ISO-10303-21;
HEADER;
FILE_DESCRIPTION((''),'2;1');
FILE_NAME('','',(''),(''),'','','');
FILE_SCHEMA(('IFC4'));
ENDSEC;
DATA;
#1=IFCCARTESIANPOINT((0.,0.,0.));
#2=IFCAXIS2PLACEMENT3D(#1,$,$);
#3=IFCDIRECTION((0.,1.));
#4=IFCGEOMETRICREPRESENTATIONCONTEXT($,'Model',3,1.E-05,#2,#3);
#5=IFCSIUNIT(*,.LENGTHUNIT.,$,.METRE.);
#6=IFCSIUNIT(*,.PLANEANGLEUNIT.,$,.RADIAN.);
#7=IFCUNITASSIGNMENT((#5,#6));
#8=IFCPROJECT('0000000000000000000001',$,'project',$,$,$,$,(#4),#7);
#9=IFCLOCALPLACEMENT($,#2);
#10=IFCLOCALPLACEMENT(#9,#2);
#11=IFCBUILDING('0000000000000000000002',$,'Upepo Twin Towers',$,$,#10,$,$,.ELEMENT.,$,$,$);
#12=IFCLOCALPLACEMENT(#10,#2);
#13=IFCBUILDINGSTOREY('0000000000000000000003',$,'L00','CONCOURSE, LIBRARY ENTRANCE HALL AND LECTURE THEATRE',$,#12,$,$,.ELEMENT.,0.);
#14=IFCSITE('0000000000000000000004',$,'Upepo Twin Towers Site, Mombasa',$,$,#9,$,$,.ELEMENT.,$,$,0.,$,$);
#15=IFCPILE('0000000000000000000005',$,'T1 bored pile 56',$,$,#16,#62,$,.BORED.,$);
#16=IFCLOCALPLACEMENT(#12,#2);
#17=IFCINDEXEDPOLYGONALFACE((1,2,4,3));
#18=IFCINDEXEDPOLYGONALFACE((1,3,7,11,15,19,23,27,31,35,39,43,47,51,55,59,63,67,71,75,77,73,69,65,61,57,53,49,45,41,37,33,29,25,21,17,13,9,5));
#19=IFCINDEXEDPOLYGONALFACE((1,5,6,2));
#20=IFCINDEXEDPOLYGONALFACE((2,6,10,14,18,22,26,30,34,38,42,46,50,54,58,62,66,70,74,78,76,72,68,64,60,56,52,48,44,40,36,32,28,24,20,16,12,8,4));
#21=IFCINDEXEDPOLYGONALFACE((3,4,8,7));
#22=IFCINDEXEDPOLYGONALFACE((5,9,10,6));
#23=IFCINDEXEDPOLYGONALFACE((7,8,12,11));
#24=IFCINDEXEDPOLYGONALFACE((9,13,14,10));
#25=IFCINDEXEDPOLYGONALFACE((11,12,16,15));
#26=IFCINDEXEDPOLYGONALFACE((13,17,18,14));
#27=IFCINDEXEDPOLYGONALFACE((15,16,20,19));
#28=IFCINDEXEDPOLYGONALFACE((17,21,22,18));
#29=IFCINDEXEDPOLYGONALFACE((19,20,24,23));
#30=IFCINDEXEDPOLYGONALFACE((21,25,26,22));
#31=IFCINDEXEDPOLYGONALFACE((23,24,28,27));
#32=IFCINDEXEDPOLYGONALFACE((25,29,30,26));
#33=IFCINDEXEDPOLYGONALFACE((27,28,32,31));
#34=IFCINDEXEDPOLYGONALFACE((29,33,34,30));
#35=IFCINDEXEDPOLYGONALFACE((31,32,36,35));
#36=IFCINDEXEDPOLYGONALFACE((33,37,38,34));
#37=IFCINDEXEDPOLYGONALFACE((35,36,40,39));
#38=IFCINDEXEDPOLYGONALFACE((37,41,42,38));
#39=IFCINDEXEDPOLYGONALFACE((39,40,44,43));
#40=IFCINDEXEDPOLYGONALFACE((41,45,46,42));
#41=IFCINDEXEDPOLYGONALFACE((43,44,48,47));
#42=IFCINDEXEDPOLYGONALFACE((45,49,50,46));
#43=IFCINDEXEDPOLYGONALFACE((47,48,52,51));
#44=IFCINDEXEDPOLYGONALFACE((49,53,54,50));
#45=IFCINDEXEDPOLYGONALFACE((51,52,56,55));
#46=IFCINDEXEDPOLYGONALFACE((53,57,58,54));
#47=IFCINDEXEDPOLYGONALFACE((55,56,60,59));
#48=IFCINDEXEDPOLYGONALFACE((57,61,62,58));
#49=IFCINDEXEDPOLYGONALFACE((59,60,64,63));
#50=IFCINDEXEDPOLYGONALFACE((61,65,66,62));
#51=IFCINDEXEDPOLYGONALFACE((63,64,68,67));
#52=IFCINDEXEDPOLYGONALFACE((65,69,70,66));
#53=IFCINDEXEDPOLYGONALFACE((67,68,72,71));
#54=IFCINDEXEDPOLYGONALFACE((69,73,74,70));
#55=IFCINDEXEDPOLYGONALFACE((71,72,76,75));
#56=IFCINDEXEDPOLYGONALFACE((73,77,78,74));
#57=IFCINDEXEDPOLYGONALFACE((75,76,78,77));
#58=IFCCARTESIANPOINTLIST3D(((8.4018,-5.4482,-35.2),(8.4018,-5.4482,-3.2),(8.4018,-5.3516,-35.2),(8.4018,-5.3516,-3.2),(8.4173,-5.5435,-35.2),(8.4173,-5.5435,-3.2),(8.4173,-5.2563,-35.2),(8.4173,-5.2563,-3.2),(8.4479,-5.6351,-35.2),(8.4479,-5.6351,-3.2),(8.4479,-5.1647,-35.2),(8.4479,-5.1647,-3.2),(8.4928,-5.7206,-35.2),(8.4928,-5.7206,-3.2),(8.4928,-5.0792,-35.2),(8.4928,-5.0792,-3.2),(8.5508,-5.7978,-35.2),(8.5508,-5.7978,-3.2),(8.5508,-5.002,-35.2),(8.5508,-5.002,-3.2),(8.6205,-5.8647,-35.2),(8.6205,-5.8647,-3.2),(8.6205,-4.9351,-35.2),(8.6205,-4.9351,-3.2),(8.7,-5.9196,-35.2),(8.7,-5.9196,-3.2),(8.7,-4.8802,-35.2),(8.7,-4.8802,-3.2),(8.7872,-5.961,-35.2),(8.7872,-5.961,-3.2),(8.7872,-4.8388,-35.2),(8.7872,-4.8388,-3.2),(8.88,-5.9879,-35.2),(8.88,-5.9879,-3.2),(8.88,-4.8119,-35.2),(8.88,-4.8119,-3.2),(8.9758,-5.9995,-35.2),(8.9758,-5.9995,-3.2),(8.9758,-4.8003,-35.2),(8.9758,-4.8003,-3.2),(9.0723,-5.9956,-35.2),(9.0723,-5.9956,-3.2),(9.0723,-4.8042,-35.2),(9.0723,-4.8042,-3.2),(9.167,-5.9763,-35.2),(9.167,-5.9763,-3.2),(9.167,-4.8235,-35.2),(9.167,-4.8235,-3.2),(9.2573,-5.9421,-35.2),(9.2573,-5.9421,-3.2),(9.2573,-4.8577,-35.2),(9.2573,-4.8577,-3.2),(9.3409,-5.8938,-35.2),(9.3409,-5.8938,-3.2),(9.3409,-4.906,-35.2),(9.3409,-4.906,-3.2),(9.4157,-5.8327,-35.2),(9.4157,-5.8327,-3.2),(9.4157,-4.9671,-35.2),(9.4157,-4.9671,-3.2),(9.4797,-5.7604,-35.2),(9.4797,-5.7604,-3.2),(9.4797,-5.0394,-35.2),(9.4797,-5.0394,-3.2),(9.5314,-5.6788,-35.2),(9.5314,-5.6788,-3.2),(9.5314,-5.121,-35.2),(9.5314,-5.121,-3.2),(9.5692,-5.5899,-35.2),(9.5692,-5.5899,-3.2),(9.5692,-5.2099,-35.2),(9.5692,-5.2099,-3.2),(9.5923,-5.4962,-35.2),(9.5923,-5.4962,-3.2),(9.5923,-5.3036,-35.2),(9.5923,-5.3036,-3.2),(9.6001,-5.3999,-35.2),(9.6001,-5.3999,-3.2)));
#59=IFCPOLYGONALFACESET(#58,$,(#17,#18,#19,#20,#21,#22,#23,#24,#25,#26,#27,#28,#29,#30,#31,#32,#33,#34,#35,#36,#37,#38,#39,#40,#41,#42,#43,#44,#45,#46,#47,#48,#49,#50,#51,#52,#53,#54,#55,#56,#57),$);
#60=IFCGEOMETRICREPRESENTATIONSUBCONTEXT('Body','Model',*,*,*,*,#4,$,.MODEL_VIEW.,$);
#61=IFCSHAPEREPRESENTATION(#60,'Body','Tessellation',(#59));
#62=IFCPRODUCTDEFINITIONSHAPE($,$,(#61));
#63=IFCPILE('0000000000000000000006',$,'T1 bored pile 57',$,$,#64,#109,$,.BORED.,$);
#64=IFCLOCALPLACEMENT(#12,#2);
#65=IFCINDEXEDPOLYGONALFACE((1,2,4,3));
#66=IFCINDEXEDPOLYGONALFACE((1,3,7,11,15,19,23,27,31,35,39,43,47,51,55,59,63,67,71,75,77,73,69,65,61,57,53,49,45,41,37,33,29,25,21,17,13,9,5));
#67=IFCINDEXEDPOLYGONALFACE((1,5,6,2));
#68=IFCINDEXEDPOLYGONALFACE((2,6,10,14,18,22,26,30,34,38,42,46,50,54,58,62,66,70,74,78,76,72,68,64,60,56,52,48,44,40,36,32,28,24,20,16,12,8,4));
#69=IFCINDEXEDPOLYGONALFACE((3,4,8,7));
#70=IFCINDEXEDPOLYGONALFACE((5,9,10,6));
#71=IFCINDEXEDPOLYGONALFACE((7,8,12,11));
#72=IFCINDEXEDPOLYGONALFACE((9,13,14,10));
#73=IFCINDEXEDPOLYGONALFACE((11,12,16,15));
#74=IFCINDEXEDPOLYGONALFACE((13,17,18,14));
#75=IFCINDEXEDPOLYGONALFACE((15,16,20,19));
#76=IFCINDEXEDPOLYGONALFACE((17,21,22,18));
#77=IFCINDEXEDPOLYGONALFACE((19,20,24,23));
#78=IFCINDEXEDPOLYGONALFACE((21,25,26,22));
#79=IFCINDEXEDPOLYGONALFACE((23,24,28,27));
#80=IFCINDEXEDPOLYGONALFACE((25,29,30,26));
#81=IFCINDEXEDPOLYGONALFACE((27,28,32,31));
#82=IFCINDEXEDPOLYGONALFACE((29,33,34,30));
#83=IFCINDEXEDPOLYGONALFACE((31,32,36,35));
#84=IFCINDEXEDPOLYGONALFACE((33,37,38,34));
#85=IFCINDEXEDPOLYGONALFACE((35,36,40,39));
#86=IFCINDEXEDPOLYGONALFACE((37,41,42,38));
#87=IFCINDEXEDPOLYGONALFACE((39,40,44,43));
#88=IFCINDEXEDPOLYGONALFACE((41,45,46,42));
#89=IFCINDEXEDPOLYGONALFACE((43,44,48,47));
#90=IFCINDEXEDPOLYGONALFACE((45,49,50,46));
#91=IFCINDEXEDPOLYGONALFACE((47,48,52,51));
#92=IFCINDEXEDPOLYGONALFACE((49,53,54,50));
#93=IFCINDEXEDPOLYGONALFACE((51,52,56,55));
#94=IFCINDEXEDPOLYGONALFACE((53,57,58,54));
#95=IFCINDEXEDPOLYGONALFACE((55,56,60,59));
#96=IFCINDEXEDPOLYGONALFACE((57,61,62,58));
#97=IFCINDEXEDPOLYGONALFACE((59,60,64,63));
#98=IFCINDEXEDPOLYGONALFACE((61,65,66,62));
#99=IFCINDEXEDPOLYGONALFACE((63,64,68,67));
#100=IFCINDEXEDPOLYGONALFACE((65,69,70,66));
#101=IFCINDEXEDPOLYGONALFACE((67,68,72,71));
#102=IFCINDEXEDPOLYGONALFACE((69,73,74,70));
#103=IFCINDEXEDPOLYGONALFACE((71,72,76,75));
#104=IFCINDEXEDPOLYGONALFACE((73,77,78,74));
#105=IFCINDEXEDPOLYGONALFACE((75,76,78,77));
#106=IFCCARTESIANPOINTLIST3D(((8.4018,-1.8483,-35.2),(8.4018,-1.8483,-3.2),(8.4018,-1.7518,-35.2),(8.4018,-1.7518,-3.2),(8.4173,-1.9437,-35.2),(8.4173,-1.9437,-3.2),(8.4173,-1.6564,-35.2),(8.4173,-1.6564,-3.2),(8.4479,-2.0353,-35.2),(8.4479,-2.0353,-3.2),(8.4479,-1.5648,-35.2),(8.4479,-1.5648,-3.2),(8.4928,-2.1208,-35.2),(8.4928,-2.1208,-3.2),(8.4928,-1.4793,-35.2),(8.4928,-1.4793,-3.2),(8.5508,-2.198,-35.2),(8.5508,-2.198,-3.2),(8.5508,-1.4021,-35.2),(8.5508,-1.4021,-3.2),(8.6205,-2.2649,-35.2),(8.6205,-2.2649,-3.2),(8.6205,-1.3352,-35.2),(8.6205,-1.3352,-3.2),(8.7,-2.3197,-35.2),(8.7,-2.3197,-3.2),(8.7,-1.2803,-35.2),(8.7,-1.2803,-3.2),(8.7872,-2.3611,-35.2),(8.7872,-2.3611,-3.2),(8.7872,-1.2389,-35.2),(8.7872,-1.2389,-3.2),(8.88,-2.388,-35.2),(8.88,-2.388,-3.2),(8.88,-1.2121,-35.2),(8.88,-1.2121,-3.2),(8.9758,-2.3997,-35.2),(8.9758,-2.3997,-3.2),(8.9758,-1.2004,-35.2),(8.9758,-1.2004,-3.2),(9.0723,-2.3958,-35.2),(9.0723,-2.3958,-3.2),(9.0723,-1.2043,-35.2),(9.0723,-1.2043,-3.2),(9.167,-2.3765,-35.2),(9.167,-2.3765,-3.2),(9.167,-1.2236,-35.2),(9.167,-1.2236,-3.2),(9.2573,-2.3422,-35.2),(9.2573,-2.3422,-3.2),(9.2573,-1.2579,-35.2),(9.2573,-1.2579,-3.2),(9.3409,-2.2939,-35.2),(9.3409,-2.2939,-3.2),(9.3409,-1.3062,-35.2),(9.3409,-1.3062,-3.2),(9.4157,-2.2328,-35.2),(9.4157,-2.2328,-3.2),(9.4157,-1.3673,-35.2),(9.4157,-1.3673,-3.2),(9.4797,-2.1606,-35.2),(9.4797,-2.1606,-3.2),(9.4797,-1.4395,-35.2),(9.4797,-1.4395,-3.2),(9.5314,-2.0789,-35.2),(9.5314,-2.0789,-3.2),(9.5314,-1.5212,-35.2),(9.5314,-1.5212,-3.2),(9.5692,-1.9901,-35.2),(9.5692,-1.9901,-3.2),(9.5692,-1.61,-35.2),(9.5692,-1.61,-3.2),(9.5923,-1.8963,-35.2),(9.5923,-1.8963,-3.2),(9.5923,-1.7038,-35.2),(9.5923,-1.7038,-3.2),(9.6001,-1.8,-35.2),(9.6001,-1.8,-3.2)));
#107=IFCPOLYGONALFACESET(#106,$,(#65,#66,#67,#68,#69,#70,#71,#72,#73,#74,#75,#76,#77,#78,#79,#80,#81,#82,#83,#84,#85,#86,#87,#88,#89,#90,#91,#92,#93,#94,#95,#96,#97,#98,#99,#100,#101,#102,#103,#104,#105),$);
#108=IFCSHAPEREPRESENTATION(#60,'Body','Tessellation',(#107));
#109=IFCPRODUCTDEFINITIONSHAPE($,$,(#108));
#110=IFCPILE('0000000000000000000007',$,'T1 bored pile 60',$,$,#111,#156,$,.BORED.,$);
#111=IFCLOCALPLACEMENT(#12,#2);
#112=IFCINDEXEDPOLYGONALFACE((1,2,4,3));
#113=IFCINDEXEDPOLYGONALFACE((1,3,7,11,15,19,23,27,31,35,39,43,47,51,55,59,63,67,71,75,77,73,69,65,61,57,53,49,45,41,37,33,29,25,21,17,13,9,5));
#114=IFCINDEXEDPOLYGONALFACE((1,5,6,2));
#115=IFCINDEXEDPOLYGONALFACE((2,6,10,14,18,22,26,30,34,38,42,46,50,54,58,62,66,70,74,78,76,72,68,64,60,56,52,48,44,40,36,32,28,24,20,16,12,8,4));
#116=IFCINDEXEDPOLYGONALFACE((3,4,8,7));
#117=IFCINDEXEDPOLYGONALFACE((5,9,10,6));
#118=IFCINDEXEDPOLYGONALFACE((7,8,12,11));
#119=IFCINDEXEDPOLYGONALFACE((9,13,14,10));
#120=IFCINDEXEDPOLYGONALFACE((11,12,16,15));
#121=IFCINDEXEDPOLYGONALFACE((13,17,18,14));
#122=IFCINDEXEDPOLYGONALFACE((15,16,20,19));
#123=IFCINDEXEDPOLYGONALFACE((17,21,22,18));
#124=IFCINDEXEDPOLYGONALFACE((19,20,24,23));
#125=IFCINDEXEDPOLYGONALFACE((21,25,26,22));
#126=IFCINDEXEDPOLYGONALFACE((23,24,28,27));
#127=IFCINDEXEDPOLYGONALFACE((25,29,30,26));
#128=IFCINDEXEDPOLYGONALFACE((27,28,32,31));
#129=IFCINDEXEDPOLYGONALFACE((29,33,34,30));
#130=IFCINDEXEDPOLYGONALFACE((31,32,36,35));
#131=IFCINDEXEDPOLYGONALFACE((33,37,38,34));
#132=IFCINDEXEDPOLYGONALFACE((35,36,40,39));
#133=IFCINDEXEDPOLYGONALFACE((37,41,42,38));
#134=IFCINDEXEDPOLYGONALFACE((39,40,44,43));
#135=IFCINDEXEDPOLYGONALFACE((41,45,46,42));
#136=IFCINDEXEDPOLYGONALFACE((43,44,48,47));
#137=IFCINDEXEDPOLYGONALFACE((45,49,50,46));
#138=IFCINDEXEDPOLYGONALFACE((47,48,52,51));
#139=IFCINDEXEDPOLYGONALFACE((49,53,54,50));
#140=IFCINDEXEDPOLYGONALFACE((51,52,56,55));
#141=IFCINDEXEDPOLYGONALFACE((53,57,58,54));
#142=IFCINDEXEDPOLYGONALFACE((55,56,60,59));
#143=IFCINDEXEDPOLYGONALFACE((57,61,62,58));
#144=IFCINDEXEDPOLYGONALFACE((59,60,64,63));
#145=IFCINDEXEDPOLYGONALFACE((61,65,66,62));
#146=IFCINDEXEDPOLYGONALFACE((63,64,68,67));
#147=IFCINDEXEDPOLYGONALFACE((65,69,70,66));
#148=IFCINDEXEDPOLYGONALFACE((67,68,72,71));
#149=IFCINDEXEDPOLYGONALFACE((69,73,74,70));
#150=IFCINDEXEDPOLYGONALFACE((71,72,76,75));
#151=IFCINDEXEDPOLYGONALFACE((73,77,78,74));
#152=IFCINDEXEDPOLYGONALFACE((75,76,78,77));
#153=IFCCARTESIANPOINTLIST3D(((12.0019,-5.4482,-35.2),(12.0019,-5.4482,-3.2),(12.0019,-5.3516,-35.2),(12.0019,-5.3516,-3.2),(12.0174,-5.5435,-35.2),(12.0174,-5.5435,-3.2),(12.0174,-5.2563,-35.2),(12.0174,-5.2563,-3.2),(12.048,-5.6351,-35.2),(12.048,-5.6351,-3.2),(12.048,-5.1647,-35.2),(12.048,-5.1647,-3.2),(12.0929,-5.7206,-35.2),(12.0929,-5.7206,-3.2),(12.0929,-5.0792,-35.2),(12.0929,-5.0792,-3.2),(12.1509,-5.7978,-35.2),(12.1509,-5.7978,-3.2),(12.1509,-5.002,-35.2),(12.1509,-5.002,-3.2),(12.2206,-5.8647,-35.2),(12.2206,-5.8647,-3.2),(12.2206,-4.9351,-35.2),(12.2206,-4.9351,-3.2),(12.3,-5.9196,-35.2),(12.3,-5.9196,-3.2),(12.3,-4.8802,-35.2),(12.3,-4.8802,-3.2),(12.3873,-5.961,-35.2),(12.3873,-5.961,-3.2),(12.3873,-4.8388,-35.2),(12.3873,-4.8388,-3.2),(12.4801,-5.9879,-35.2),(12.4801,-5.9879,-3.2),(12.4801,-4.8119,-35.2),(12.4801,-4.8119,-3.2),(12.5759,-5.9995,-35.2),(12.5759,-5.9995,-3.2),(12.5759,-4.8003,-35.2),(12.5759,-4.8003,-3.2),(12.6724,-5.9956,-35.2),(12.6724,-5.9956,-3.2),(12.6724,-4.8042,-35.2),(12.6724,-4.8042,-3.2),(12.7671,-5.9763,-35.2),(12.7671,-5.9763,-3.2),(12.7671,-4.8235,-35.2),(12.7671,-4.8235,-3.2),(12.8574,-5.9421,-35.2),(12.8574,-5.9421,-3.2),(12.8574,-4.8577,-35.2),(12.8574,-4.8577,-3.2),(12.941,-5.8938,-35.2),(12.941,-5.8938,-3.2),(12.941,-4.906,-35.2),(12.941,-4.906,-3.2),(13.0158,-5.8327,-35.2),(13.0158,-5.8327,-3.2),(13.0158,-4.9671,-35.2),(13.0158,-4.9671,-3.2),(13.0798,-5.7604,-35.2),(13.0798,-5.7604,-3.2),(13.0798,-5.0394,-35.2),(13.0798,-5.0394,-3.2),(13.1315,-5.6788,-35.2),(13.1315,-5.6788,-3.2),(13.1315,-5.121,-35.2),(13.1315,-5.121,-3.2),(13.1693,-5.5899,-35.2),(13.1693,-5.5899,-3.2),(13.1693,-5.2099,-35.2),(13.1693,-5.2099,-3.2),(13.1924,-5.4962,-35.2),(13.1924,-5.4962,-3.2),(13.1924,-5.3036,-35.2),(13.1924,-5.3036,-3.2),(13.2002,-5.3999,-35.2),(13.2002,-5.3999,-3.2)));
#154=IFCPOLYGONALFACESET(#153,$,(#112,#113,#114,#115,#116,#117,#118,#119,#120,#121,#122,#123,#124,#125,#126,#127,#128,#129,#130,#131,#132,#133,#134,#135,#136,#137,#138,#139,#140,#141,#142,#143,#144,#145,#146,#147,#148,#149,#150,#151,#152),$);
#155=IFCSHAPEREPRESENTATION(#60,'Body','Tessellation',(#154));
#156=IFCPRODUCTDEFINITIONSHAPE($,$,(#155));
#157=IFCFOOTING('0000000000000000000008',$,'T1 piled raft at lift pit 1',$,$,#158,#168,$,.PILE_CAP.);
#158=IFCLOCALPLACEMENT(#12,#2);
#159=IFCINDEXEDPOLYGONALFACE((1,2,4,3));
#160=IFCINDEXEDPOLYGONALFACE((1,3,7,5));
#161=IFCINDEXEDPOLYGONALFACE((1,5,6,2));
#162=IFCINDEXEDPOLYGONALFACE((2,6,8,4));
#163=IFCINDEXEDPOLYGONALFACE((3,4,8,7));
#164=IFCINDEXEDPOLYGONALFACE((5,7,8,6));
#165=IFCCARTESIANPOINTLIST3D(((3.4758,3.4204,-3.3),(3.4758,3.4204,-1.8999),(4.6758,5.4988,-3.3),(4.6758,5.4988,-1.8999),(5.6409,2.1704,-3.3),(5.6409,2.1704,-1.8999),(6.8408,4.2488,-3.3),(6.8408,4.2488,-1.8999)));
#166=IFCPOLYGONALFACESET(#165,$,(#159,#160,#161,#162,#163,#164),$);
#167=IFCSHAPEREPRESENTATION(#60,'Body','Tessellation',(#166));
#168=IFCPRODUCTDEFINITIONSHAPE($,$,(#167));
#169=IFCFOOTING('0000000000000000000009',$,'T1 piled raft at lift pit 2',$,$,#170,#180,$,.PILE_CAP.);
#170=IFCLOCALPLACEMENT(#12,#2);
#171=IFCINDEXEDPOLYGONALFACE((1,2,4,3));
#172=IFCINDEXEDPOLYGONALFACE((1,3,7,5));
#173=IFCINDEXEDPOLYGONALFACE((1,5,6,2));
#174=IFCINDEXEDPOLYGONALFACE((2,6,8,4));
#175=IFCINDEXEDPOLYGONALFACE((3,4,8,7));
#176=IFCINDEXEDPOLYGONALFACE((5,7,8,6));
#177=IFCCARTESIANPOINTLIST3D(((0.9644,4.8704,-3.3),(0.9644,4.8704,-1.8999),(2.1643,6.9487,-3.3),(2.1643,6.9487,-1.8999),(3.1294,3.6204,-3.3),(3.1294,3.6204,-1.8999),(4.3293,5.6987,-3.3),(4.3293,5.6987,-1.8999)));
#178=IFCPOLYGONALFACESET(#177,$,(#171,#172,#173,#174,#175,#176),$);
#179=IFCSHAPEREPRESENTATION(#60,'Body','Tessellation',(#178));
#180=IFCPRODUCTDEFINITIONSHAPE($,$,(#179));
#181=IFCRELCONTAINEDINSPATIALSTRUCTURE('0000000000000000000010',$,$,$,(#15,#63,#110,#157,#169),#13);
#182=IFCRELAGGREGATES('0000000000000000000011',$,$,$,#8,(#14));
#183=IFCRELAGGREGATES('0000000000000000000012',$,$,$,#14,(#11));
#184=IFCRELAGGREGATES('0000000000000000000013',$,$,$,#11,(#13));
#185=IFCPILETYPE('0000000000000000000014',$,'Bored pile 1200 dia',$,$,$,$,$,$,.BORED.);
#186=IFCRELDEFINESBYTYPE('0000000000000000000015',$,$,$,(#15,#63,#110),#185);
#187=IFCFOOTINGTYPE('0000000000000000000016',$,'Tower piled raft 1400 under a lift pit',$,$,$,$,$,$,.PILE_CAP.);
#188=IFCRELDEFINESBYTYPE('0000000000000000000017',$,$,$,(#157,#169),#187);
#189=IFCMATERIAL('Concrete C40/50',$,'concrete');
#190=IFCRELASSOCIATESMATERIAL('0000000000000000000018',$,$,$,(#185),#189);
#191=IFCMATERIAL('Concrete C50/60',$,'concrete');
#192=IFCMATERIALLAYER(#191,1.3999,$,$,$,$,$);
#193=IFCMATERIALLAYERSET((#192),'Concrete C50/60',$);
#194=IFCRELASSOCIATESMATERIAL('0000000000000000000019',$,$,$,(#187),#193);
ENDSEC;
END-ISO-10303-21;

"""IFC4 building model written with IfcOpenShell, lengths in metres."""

from ifc_helpers import new_model, si_unit, direction, frame, origin, origin_2d, place, context, subcontext, project, spatial, polyline, circle, outline, extrude, material, layer, layer_set, type_object, element, save


model = new_model("IFC4")

# Units and contexts
model_context = context("Model", 3, precision=1e-05, world=origin(), true_north=direction((0.0, 1.0)))
body_context = subcontext(model_context, "Body", "Model", "MODEL_VIEW")
ifc_project = project(units=[si_unit("LENGTHUNIT", "METRE"), si_unit("PLANEANGLEUNIT", "RADIAN")], contexts=[model_context])

# Site, building, storey
site_placement = place(None, origin())
site = spatial("IfcSite", under=ifc_project, at=site_placement, Name="Upepo Twin Towers Site, Mombasa", CompositionType="ELEMENT", RefElevation=0.0)
building_placement = place(site_placement, origin())
building = spatial("IfcBuilding", under=site, at=building_placement, Name="Upepo Twin Towers", CompositionType="ELEMENT")
storey_placement = place(building_placement, origin())
storey = spatial("IfcBuildingStorey", under=building, at=storey_placement, Name="L00", Description="CONCOURSE, LIBRARY ENTRANCE HALL AND LECTURE THEATRE", CompositionType="ELEMENT", Elevation=0.0)

# Piles
ifc_material_1 = material(Name="Concrete C40/50", Category="concrete")
pile_type = type_object("IfcPileType", Name="Bored pile 1200 dia", PredefinedType="BORED", material=ifc_material_1)
for number, where, z_axis, x_axis, name in (
    (1, (9.0, -5.3999, -3.2), (0.0, 0.0, -1.0), (1.0, 0.0, 0.0), "T1 bored pile 56"),
    (2, (9.0, -1.8, -3.2), (0.0, 0.0, -1.0), (1.0, 0.0, 0.0), "T1 bored pile 57"),
    (3, (12.6001, -5.3999, -3.2), (0.0, 0.0, -1.0), (1.0, 0.0, 0.0), "T1 bored pile 60"),
):
    element("IfcPile", number, at=place(storey_placement, frame(where, z_axis=z_axis, x_axis=x_axis)), inside=storey, type_object=pile_type, Name=name, PredefinedType="BORED", context=body_context, shape_type="SweptSolid", body=[
        extrude(circle(Radius=0.6001, at=origin_2d()), origin(), (0.0, 0.0, 1.0), 32.0),
    ])

# Footings
ifc_material_2 = material(Name="Concrete C50/60", Category="concrete")
ifc_layer_1 = layer(ifc_material_2, 1.3999)
ifc_layer_set_1 = layer_set([ifc_layer_1], Name="Concrete C50/60")
footing_type_1 = type_object("IfcFootingType", Name="Tower piled raft 1400 under a lift pit", PredefinedType="PILE_CAP", material=ifc_layer_set_1)
footing_1_placement = place(storey_placement, frame((0.0, 0.0, -3.3)))
element("IfcFooting", 4, at=footing_1_placement, inside=storey, type_object=footing_type_1, Name="T1 piled raft at lift pit 1", PredefinedType="PILE_CAP", context=body_context, shape_type="SweptSolid", body=[
    extrude(outline(polyline([(5.6409, 2.1704), (6.8408, 4.2488), (4.6758, 5.4988), (3.4758, 3.4204), (5.6409, 2.1704)])), origin(), (0.0, 0.0, 1.0), 1.4001),
])
footing_2_placement = place(storey_placement, frame((0.0, 0.0, -3.3)))
element("IfcFooting", 5, at=footing_2_placement, inside=storey, type_object=footing_type_1, Name="T1 piled raft at lift pit 2", PredefinedType="PILE_CAP", context=body_context, shape_type="SweptSolid", body=[
    extrude(outline(polyline([(3.1294, 3.6204), (4.3293, 5.6987), (2.1643, 6.9487), (0.9644, 4.8704), (3.1294, 3.6204)])), origin(), (0.0, 0.0, 1.0), 1.4001),
])

save(model, "model.ifc")
